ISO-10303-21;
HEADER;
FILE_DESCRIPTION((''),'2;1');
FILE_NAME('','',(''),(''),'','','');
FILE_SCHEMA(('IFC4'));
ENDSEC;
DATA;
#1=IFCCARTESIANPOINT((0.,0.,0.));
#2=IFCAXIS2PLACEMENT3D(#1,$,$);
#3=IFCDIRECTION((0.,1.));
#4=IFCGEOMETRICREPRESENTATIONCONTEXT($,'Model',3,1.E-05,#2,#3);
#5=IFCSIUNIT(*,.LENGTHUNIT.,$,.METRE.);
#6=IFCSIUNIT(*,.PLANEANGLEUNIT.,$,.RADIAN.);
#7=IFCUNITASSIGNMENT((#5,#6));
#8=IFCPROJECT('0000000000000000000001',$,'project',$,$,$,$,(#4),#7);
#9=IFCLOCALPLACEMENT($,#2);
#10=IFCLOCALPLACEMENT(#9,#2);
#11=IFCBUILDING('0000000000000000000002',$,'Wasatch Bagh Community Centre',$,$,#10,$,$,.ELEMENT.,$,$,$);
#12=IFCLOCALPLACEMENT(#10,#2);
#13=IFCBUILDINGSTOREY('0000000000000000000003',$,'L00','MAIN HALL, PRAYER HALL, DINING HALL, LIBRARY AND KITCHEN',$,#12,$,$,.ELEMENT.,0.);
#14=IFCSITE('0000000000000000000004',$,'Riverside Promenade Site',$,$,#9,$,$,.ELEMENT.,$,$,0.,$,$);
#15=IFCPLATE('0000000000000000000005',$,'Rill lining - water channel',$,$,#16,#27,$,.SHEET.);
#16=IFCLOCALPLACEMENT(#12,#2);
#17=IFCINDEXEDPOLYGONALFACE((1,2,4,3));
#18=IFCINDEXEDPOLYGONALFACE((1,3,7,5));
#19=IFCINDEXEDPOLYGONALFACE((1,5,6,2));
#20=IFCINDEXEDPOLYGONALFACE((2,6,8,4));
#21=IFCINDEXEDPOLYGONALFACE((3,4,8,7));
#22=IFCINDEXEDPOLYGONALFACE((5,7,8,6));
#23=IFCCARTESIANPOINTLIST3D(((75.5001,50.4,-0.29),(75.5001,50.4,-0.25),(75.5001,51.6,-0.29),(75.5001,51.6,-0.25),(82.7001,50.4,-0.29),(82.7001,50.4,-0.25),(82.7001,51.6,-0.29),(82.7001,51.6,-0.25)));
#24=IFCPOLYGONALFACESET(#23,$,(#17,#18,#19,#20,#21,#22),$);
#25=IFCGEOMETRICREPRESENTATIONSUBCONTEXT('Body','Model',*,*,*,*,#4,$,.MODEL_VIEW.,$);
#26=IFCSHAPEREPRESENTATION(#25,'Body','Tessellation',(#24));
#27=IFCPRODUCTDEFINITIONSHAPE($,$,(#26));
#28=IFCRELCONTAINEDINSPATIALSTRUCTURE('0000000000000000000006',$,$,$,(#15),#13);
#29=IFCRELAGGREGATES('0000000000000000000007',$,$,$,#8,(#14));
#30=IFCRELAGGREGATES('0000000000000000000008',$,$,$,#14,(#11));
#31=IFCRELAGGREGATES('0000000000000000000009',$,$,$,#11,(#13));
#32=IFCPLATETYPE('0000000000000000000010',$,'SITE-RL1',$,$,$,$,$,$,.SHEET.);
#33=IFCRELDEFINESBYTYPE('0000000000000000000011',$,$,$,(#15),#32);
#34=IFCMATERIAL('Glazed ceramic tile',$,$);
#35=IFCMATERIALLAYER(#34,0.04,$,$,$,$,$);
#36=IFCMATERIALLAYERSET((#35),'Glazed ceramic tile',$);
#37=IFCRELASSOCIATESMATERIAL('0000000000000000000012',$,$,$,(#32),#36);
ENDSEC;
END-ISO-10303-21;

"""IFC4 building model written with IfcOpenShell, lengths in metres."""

from ifc_helpers import new_model, si_unit, direction, frame, origin, origin_2d, place, context, subcontext, project, spatial, rectangle, extrude, material, layer, layer_set, type_object, element, save


model = new_model("IFC4")

# Units and contexts
model_context = context("Model", 3, precision=1e-05, world=origin(), true_north=direction((0.0, 1.0)))
body_context = subcontext(model_context, "Body", "Model", "MODEL_VIEW")
ifc_project = project(units=[si_unit("LENGTHUNIT", "METRE"), si_unit("PLANEANGLEUNIT", "RADIAN")], contexts=[model_context])

# Site, building, storey
site_placement = place(None, origin())
site = spatial("IfcSite", under=ifc_project, at=site_placement, Name="Riverside Promenade Site", CompositionType="ELEMENT", RefElevation=0.0)
building_placement = place(site_placement, origin())
building = spatial("IfcBuilding", under=site, at=building_placement, Name="Wasatch Bagh Community Centre", CompositionType="ELEMENT")
storey_placement = place(building_placement, origin())
storey = spatial("IfcBuildingStorey", under=building, at=storey_placement, Name="L00", Description="MAIN HALL, PRAYER HALL, DINING HALL, LIBRARY AND KITCHEN", CompositionType="ELEMENT", Elevation=0.0)

# Plate
ifc_material_1 = material(Name="Glazed ceramic tile")
ifc_layer = layer(ifc_material_1, 0.04)
ifc_layer_set = layer_set([ifc_layer], Name="Glazed ceramic tile")
plate_type = type_object("IfcPlateType", Name="SITE-RL1", PredefinedType="SHEET", material=ifc_layer_set)
plate_placement = place(storey_placement, frame((79.1001, 51.0, -0.29), z_axis=(0.0, 0.0, 1.0), x_axis=(1.0, 0.0, 0.0)))
element("IfcPlate", 1, at=plate_placement, inside=storey, type_object=plate_type, Name="Rill lining - water channel", PredefinedType="SHEET", context=body_context, shape_type="SweptSolid", body=[
    extrude(rectangle(XDim=7.2, YDim=1.2, at=origin_2d()), origin(), (0.0, 0.0, 1.0), 0.04),
])

save(model, "model.ifc")
